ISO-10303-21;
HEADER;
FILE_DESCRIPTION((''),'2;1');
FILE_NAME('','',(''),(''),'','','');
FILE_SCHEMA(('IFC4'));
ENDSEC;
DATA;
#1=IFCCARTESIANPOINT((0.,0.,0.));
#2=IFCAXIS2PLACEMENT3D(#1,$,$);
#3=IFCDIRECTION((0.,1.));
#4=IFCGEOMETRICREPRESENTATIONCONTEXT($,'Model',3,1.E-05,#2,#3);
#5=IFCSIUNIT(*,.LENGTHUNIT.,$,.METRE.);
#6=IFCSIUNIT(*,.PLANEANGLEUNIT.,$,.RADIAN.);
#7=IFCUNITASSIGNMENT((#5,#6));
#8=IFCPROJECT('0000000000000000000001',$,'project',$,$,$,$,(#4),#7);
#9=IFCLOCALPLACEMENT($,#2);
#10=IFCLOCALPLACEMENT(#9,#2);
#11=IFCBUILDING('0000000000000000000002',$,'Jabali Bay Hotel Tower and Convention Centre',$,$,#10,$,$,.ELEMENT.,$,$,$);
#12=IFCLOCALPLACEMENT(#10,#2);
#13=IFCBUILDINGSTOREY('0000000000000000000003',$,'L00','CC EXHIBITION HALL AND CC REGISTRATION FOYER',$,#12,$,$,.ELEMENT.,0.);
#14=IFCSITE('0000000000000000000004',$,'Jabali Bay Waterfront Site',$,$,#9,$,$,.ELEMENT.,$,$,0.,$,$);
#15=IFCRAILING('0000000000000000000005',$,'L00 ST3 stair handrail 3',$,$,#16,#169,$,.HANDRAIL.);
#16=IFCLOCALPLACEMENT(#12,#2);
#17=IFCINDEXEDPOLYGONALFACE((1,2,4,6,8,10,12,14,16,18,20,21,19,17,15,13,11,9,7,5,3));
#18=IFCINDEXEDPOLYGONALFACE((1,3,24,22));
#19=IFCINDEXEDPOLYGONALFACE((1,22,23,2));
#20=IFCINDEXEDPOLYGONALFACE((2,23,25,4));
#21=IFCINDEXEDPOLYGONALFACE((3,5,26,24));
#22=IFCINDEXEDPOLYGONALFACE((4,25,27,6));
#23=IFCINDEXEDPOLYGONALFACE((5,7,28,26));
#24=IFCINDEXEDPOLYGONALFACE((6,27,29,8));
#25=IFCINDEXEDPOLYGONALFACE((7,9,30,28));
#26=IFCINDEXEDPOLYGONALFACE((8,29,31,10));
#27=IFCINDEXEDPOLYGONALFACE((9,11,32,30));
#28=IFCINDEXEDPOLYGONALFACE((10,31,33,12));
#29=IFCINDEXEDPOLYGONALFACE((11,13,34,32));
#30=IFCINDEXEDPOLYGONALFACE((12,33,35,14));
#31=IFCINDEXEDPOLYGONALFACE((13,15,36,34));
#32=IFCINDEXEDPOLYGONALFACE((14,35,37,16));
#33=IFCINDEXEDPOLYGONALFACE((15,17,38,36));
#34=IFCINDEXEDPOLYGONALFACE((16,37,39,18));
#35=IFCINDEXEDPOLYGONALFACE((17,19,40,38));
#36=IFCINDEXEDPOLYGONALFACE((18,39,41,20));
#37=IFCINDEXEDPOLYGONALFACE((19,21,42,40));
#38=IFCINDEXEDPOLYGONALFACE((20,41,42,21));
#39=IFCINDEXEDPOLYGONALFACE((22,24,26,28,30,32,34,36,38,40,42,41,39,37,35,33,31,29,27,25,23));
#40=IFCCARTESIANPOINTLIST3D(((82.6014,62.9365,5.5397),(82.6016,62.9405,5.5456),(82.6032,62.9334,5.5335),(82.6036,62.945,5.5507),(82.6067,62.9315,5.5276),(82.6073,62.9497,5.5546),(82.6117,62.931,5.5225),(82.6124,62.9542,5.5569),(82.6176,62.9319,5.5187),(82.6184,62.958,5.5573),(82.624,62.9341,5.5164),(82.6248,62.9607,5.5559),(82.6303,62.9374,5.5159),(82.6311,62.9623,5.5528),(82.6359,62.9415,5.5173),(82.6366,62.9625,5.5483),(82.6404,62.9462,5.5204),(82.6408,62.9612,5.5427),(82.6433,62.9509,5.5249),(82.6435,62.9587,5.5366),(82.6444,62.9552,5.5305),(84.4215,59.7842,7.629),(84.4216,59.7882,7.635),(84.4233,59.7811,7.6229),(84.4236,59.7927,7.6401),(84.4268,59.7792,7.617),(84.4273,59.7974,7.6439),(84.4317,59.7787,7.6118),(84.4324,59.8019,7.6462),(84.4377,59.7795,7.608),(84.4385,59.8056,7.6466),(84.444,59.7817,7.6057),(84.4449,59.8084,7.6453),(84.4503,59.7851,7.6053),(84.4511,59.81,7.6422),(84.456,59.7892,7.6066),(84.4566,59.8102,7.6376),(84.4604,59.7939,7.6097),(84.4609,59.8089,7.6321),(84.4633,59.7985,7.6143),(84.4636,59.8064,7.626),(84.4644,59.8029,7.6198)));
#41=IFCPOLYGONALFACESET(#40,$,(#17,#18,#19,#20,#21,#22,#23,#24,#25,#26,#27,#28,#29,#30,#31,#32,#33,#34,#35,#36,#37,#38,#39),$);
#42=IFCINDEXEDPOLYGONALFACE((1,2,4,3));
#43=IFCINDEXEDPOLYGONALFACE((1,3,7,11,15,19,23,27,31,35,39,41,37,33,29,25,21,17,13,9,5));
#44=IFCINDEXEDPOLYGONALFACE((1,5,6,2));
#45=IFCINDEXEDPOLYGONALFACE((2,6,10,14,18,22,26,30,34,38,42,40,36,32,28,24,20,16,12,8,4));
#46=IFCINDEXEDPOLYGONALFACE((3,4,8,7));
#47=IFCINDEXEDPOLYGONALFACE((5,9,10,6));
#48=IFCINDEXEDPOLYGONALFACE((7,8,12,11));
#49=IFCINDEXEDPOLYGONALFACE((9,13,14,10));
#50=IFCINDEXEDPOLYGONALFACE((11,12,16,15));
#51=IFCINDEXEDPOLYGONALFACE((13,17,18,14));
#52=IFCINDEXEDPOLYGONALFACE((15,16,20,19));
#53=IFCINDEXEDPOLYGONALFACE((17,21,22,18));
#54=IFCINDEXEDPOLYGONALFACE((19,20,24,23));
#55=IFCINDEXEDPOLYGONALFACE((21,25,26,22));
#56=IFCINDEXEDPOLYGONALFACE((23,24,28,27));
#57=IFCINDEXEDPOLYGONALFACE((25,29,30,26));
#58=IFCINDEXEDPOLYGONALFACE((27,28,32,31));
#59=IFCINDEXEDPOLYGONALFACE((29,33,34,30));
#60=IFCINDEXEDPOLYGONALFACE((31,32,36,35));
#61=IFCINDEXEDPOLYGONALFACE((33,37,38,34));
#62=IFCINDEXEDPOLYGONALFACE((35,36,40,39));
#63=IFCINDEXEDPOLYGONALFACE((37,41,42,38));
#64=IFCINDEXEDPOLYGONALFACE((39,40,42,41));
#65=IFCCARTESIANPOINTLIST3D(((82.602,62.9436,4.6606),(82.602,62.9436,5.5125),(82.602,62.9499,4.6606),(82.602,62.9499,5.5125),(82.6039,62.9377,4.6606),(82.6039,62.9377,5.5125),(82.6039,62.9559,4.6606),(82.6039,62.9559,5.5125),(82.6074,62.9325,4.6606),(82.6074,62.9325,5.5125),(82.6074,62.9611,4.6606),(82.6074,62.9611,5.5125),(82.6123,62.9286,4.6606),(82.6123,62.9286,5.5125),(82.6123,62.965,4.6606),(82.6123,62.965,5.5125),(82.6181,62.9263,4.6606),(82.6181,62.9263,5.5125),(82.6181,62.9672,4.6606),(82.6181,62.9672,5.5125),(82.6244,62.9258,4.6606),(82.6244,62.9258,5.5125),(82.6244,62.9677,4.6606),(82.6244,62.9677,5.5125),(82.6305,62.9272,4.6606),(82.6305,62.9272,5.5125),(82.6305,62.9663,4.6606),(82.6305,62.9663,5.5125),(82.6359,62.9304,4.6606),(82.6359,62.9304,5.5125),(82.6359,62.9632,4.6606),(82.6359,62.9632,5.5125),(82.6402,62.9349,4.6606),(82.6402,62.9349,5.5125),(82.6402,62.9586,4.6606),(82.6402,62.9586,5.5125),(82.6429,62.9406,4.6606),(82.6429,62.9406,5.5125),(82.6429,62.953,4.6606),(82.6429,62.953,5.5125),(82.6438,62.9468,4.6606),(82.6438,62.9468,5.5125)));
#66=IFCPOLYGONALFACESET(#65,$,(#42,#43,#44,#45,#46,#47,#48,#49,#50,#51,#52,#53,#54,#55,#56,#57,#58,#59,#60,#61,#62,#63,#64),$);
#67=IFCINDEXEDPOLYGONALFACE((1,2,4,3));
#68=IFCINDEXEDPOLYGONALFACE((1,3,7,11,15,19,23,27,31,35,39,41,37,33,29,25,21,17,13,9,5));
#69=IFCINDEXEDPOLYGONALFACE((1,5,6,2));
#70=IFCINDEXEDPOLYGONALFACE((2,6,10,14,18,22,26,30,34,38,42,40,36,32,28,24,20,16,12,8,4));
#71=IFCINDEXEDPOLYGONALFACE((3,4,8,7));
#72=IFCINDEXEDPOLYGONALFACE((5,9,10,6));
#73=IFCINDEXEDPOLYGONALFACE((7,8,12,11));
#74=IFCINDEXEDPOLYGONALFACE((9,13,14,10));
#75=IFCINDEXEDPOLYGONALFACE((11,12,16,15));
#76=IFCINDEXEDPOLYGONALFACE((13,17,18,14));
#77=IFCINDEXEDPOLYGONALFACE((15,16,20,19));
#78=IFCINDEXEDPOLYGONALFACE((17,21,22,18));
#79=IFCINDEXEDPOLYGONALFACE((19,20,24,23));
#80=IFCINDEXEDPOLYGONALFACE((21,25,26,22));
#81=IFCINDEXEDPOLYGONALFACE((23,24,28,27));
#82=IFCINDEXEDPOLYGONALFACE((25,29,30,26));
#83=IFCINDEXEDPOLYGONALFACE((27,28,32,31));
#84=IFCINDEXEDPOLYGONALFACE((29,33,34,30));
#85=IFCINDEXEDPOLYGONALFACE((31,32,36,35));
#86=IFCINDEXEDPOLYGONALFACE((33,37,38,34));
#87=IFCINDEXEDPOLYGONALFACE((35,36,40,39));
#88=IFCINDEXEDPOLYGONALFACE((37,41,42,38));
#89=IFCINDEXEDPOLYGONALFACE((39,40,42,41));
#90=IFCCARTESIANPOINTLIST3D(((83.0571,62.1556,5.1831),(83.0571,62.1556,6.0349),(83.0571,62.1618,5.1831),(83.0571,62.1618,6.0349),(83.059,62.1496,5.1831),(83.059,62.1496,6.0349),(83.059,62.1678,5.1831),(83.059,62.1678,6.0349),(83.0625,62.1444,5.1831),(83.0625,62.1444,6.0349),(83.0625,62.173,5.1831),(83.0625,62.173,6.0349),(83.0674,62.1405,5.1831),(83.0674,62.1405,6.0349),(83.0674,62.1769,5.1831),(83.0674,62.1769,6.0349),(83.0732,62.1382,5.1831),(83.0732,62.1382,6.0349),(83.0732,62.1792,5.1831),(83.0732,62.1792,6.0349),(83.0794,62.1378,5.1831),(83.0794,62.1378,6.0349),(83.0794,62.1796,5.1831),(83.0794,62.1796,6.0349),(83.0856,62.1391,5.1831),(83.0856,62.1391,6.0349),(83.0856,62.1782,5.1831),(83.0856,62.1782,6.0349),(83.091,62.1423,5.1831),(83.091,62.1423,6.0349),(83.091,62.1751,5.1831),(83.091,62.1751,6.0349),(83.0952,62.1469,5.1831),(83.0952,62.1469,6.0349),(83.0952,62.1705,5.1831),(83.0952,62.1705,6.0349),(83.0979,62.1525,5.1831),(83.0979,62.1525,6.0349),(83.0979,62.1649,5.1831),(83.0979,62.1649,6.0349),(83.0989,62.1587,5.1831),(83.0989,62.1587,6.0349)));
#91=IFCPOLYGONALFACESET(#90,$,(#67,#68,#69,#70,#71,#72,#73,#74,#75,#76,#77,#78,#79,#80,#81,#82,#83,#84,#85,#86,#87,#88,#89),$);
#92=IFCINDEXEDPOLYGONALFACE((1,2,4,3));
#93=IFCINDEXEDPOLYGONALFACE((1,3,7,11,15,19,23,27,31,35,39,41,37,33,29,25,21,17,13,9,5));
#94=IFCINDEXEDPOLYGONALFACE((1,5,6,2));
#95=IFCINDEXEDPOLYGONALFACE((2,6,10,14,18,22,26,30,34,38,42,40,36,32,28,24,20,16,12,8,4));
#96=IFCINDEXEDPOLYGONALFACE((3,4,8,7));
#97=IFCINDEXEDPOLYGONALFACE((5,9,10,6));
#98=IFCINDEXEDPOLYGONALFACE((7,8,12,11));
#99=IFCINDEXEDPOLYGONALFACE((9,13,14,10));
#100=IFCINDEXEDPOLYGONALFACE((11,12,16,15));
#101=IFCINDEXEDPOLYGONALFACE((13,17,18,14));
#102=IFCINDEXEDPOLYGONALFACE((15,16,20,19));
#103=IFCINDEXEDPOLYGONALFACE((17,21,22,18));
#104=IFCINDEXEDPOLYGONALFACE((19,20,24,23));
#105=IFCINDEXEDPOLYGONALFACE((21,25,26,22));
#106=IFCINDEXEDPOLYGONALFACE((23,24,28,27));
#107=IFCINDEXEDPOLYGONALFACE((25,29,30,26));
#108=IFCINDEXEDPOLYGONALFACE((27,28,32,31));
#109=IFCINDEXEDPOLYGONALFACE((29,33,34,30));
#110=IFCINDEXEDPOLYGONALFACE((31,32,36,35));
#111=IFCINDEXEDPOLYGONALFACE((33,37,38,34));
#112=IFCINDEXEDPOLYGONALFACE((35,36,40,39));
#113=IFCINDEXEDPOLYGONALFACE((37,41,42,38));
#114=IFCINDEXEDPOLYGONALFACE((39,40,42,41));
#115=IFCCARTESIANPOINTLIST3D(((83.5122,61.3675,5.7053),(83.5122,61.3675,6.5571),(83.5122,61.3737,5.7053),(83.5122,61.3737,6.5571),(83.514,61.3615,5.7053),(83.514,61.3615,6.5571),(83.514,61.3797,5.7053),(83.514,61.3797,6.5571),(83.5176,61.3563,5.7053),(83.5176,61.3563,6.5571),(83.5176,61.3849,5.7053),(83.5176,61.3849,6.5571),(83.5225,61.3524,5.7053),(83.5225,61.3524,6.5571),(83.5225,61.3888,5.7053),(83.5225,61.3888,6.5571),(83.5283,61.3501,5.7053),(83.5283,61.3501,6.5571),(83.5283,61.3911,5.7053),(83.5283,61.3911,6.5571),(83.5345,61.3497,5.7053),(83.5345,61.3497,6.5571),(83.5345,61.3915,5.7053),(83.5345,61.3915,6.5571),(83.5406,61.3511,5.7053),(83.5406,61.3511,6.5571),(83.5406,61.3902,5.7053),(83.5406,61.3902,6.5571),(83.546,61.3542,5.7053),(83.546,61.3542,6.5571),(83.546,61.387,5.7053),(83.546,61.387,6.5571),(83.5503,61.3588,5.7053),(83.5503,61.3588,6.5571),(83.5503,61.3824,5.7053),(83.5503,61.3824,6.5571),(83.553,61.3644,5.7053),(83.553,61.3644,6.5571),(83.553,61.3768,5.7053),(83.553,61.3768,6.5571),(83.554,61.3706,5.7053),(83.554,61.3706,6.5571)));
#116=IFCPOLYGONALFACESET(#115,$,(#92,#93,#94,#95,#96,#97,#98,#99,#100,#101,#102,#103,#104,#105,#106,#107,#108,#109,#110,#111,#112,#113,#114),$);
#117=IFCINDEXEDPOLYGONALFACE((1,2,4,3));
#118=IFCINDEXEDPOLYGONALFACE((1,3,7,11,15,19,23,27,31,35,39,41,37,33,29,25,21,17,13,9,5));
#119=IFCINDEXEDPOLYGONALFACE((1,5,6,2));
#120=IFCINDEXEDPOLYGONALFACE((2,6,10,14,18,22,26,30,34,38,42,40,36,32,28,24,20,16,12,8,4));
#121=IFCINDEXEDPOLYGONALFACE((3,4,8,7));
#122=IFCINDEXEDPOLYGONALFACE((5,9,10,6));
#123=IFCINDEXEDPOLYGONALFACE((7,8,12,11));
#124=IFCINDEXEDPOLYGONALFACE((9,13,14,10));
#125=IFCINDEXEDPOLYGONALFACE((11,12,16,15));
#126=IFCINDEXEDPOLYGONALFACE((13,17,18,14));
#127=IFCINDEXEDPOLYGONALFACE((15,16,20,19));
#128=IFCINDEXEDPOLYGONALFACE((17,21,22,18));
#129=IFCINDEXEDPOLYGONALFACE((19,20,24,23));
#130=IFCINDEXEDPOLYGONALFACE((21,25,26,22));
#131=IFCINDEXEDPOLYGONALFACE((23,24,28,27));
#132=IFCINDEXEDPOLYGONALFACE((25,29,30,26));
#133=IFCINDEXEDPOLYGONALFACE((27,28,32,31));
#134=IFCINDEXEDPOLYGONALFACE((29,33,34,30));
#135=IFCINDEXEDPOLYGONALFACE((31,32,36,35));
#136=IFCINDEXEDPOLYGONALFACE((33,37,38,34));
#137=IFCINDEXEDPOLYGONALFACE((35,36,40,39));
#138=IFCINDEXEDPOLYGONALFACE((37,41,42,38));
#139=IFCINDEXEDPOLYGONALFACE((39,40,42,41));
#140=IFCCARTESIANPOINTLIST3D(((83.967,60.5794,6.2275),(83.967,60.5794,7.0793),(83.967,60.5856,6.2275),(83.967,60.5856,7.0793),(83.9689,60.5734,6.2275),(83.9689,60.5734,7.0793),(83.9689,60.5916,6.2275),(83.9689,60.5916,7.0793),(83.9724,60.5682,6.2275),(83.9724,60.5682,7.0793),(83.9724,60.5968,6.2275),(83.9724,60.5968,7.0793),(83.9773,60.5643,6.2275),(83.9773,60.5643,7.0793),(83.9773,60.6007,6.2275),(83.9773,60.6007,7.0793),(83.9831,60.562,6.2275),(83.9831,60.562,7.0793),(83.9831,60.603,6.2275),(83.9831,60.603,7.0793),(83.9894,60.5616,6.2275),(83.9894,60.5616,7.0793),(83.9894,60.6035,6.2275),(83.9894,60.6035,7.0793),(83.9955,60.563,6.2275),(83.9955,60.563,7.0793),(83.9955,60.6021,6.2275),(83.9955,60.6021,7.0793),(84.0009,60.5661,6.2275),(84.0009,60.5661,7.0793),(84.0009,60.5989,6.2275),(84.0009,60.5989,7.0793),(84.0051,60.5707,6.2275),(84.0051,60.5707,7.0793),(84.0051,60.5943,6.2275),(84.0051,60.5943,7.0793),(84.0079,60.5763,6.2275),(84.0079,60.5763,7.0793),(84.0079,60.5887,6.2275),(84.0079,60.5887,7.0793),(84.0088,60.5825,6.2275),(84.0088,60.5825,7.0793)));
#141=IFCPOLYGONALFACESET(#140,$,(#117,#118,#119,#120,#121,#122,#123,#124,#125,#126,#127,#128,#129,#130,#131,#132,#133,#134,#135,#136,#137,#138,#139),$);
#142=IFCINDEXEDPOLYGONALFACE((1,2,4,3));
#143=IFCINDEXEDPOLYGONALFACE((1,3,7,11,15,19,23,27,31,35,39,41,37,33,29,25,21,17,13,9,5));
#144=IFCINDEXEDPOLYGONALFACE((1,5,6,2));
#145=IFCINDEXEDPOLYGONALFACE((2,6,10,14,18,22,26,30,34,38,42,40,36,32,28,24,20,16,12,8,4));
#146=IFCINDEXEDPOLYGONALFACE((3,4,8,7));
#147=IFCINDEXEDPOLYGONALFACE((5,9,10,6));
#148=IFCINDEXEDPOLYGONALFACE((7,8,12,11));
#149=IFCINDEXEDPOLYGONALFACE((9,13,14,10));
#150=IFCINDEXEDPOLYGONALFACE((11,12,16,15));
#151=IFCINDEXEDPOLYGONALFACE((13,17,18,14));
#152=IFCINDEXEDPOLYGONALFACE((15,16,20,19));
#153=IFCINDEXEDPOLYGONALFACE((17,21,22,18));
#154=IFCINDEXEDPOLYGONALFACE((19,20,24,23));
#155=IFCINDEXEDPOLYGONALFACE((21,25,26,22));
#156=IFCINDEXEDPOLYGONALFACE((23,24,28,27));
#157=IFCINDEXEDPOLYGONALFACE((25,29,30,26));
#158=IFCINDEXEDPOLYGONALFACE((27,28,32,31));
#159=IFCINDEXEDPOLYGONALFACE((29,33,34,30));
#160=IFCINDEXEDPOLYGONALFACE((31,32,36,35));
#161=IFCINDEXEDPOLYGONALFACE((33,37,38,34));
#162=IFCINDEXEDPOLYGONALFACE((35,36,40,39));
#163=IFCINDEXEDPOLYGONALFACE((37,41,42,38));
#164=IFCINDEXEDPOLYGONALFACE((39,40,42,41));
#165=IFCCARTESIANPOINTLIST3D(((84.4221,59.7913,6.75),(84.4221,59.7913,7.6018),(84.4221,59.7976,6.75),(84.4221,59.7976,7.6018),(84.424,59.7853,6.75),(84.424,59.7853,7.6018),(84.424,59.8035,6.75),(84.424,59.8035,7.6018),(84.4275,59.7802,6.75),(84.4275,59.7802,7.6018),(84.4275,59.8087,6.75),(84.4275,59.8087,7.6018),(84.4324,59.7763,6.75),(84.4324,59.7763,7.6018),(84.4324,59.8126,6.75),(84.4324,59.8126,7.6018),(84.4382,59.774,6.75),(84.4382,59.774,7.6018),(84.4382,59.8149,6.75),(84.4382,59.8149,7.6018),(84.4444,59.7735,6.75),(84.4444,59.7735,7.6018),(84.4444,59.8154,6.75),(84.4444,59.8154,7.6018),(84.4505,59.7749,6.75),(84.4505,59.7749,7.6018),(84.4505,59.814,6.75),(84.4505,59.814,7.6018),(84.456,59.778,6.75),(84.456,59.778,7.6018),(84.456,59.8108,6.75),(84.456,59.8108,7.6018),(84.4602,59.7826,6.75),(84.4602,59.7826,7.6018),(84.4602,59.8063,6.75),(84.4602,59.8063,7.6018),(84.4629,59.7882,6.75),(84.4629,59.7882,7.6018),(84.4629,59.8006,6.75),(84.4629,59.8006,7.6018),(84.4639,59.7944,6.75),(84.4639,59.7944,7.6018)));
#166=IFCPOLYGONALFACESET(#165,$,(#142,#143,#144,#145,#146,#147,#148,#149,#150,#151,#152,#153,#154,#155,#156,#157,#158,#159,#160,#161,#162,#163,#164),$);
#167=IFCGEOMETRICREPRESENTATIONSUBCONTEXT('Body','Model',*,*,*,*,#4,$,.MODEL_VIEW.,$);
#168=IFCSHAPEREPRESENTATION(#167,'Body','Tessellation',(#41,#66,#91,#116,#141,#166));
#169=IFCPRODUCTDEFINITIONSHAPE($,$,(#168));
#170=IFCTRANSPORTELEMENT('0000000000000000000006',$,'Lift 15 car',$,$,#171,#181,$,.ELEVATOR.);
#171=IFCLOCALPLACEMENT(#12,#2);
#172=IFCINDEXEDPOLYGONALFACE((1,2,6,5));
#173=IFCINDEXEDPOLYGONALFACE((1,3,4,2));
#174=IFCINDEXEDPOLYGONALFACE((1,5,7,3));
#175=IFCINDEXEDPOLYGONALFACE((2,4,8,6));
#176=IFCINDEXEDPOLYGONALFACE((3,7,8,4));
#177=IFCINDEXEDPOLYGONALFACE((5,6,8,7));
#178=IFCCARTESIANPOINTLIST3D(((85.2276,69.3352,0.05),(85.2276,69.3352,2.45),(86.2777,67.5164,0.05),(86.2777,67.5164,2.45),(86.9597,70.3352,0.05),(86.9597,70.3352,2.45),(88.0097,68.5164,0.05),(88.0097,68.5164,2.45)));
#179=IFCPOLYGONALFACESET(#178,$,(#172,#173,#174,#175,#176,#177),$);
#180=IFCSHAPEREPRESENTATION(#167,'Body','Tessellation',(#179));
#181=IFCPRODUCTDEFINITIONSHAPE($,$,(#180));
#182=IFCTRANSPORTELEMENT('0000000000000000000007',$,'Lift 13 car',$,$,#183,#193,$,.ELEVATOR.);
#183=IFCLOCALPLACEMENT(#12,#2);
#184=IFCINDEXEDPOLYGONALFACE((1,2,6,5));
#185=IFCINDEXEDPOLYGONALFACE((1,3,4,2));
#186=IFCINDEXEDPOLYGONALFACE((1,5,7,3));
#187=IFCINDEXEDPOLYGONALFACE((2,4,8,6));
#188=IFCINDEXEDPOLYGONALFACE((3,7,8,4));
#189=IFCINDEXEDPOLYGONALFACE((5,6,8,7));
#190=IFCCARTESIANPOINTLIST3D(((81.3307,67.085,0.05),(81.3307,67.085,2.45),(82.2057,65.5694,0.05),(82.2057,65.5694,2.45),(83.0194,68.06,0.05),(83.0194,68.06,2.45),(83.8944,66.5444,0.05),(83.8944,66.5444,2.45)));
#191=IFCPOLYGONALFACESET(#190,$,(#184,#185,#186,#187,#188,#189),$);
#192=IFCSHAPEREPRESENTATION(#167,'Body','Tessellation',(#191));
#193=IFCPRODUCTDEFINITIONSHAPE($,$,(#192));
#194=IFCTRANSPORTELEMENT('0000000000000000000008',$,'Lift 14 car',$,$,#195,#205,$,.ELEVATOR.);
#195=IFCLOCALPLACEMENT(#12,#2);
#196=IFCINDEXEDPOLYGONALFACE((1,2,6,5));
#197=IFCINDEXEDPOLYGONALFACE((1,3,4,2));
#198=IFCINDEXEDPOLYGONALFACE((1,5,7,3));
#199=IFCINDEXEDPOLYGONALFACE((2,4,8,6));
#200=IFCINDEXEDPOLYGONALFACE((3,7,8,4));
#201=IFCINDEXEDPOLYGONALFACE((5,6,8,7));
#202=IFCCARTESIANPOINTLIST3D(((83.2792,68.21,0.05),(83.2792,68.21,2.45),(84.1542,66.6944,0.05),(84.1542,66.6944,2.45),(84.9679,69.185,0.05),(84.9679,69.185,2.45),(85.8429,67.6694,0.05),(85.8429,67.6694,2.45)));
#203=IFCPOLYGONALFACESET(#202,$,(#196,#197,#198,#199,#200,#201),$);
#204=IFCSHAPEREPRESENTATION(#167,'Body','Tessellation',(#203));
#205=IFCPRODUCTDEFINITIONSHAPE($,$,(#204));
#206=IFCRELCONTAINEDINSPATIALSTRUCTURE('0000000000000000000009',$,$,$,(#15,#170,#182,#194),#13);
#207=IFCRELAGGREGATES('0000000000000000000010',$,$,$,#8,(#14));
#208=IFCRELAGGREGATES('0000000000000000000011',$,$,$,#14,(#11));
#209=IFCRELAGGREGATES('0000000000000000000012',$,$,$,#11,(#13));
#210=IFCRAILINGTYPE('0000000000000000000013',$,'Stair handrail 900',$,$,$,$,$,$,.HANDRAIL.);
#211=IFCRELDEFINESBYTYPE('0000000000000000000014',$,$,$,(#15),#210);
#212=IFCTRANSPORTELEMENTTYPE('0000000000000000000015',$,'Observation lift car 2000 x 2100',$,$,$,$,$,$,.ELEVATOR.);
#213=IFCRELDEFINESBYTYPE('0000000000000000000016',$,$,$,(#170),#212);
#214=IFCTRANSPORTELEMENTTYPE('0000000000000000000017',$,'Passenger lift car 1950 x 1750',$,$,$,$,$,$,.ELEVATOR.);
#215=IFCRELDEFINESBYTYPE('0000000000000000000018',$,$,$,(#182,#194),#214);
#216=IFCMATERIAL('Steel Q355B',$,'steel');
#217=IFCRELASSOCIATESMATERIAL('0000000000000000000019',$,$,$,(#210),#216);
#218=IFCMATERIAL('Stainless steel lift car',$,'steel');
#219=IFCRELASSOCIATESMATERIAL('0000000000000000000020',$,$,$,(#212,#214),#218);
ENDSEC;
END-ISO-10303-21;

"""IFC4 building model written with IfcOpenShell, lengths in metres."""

from ifc_helpers import new_model, si_unit, direction, frame, origin, origin_2d, place, context, subcontext, project, spatial, rectangle, circle, extrude, material, type_object, element, save


model = new_model("IFC4")

# Units and contexts
model_context = context("Model", 3, precision=1e-05, world=origin(), true_north=direction((0.0, 1.0)))
body_context = subcontext(model_context, "Body", "Model", "MODEL_VIEW")
ifc_project = project(units=[si_unit("LENGTHUNIT", "METRE"), si_unit("PLANEANGLEUNIT", "RADIAN")], contexts=[model_context])

# Site, building, storey
site_placement = place(None, origin())
site = spatial("IfcSite", under=ifc_project, at=site_placement, Name="Jabali Bay Waterfront Site", CompositionType="ELEMENT", RefElevation=0.0)
building_placement = place(site_placement, origin())
building = spatial("IfcBuilding", under=site, at=building_placement, Name="Jabali Bay Hotel Tower and Convention Centre", CompositionType="ELEMENT")
storey_placement = place(building_placement, origin())
storey = spatial("IfcBuildingStorey", under=building, at=storey_placement, Name="L00", Description="CC EXHIBITION HALL AND CC REGISTRATION FOYER", CompositionType="ELEMENT", Elevation=0.0)

# Railing
ifc_material_1 = material(Name="Steel Q355B", Category="steel")
railing_type_1 = type_object("IfcRailingType", Name="Stair handrail 900", PredefinedType="HANDRAIL", material=ifc_material_1)
for number, where, name in (
    (1, (82.6228, 62.9468, 4.6606), "L00 ST3 stair handrail 3"),
):
    element("IfcRailing", number, at=place(storey_placement, frame(where)), inside=storey, type_object=railing_type_1, Name=name, PredefinedType="HANDRAIL", context=body_context, shape_type="SweptSolid", body=[
        extrude(circle(Radius=0.0239, at=origin_2d()), frame((0.0, 0.0, 0.876), z_axis=(0.433653, -0.751084, 0.497814), x_axis=(0.866018, 0.500013, 0.0)), (0.0, 0.0, 1.0), 4.197),
        extrude(circle(Radius=0.021, at=origin_2d()), origin(), (0.0, 0.0, 1.0), 0.8518),
        extrude(circle(Radius=0.021, at=origin_2d()), frame((0.4551, -0.7881, 0.5225)), (0.0, 0.0, 1.0), 0.8518),
        extrude(circle(Radius=0.021, at=origin_2d()), frame((0.9102, -1.5762, 1.0447)), (0.0, 0.0, 1.0), 0.8518),
        extrude(circle(Radius=0.021, at=origin_2d()), frame((1.365, -2.3643, 1.5669)), (0.0, 0.0, 1.0), 0.8518),
        extrude(circle(Radius=0.021, at=origin_2d()), frame((1.8201, -3.1523, 2.0894)), (0.0, 0.0, 1.0), 0.8518),
    ])

# Transport elements
ifc_material_2 = material(Name="Stainless steel lift car", Category="steel")
transport_element_type_1 = type_object("IfcTransportElementType", Name="Observation lift car 2000 x 2100", PredefinedType="ELEVATOR", material=ifc_material_2)
transport_element_placement = place(storey_placement, frame((86.6187, 68.9258, 0.05), z_axis=(0.0, 0.0, 1.0), x_axis=(0.5, -0.866025, 0.0)))
element("IfcTransportElement", 2, at=transport_element_placement, inside=storey, type_object=transport_element_type_1, Name="Lift 15 car", PredefinedType="ELEVATOR", context=body_context, shape_type="SweptSolid", body=[
    extrude(rectangle(XDim=2.1001, YDim=2.0, at=origin_2d()), origin(), (0.0, 0.0, 1.0), 2.3999),
])
transport_element_type_2 = type_object("IfcTransportElementType", Name="Passenger lift car 1950 x 1750", PredefinedType="ELEVATOR", material=ifc_material_2)
for number, where, z_axis, x_axis, name in (
    (3, (82.6125, 66.8147, 0.05), (0.0, 0.0, 1.0), (0.5, -0.866025, 0.0), "Lift 13 car"),
    (4, (84.561, 67.9397, 0.05), (0.0, 0.0, 1.0), (0.5, -0.866025, 0.0), "Lift 14 car"),
):
    element("IfcTransportElement", number, at=place(storey_placement, frame(where, z_axis=z_axis, x_axis=x_axis)), inside=storey, type_object=transport_element_type_2, Name=name, PredefinedType="ELEVATOR", context=body_context, shape_type="SweptSolid", body=[
        extrude(rectangle(XDim=1.75, YDim=1.95, at=origin_2d()), origin(), (0.0, 0.0, 1.0), 2.3999),
    ])

save(model, "model.ifc")
